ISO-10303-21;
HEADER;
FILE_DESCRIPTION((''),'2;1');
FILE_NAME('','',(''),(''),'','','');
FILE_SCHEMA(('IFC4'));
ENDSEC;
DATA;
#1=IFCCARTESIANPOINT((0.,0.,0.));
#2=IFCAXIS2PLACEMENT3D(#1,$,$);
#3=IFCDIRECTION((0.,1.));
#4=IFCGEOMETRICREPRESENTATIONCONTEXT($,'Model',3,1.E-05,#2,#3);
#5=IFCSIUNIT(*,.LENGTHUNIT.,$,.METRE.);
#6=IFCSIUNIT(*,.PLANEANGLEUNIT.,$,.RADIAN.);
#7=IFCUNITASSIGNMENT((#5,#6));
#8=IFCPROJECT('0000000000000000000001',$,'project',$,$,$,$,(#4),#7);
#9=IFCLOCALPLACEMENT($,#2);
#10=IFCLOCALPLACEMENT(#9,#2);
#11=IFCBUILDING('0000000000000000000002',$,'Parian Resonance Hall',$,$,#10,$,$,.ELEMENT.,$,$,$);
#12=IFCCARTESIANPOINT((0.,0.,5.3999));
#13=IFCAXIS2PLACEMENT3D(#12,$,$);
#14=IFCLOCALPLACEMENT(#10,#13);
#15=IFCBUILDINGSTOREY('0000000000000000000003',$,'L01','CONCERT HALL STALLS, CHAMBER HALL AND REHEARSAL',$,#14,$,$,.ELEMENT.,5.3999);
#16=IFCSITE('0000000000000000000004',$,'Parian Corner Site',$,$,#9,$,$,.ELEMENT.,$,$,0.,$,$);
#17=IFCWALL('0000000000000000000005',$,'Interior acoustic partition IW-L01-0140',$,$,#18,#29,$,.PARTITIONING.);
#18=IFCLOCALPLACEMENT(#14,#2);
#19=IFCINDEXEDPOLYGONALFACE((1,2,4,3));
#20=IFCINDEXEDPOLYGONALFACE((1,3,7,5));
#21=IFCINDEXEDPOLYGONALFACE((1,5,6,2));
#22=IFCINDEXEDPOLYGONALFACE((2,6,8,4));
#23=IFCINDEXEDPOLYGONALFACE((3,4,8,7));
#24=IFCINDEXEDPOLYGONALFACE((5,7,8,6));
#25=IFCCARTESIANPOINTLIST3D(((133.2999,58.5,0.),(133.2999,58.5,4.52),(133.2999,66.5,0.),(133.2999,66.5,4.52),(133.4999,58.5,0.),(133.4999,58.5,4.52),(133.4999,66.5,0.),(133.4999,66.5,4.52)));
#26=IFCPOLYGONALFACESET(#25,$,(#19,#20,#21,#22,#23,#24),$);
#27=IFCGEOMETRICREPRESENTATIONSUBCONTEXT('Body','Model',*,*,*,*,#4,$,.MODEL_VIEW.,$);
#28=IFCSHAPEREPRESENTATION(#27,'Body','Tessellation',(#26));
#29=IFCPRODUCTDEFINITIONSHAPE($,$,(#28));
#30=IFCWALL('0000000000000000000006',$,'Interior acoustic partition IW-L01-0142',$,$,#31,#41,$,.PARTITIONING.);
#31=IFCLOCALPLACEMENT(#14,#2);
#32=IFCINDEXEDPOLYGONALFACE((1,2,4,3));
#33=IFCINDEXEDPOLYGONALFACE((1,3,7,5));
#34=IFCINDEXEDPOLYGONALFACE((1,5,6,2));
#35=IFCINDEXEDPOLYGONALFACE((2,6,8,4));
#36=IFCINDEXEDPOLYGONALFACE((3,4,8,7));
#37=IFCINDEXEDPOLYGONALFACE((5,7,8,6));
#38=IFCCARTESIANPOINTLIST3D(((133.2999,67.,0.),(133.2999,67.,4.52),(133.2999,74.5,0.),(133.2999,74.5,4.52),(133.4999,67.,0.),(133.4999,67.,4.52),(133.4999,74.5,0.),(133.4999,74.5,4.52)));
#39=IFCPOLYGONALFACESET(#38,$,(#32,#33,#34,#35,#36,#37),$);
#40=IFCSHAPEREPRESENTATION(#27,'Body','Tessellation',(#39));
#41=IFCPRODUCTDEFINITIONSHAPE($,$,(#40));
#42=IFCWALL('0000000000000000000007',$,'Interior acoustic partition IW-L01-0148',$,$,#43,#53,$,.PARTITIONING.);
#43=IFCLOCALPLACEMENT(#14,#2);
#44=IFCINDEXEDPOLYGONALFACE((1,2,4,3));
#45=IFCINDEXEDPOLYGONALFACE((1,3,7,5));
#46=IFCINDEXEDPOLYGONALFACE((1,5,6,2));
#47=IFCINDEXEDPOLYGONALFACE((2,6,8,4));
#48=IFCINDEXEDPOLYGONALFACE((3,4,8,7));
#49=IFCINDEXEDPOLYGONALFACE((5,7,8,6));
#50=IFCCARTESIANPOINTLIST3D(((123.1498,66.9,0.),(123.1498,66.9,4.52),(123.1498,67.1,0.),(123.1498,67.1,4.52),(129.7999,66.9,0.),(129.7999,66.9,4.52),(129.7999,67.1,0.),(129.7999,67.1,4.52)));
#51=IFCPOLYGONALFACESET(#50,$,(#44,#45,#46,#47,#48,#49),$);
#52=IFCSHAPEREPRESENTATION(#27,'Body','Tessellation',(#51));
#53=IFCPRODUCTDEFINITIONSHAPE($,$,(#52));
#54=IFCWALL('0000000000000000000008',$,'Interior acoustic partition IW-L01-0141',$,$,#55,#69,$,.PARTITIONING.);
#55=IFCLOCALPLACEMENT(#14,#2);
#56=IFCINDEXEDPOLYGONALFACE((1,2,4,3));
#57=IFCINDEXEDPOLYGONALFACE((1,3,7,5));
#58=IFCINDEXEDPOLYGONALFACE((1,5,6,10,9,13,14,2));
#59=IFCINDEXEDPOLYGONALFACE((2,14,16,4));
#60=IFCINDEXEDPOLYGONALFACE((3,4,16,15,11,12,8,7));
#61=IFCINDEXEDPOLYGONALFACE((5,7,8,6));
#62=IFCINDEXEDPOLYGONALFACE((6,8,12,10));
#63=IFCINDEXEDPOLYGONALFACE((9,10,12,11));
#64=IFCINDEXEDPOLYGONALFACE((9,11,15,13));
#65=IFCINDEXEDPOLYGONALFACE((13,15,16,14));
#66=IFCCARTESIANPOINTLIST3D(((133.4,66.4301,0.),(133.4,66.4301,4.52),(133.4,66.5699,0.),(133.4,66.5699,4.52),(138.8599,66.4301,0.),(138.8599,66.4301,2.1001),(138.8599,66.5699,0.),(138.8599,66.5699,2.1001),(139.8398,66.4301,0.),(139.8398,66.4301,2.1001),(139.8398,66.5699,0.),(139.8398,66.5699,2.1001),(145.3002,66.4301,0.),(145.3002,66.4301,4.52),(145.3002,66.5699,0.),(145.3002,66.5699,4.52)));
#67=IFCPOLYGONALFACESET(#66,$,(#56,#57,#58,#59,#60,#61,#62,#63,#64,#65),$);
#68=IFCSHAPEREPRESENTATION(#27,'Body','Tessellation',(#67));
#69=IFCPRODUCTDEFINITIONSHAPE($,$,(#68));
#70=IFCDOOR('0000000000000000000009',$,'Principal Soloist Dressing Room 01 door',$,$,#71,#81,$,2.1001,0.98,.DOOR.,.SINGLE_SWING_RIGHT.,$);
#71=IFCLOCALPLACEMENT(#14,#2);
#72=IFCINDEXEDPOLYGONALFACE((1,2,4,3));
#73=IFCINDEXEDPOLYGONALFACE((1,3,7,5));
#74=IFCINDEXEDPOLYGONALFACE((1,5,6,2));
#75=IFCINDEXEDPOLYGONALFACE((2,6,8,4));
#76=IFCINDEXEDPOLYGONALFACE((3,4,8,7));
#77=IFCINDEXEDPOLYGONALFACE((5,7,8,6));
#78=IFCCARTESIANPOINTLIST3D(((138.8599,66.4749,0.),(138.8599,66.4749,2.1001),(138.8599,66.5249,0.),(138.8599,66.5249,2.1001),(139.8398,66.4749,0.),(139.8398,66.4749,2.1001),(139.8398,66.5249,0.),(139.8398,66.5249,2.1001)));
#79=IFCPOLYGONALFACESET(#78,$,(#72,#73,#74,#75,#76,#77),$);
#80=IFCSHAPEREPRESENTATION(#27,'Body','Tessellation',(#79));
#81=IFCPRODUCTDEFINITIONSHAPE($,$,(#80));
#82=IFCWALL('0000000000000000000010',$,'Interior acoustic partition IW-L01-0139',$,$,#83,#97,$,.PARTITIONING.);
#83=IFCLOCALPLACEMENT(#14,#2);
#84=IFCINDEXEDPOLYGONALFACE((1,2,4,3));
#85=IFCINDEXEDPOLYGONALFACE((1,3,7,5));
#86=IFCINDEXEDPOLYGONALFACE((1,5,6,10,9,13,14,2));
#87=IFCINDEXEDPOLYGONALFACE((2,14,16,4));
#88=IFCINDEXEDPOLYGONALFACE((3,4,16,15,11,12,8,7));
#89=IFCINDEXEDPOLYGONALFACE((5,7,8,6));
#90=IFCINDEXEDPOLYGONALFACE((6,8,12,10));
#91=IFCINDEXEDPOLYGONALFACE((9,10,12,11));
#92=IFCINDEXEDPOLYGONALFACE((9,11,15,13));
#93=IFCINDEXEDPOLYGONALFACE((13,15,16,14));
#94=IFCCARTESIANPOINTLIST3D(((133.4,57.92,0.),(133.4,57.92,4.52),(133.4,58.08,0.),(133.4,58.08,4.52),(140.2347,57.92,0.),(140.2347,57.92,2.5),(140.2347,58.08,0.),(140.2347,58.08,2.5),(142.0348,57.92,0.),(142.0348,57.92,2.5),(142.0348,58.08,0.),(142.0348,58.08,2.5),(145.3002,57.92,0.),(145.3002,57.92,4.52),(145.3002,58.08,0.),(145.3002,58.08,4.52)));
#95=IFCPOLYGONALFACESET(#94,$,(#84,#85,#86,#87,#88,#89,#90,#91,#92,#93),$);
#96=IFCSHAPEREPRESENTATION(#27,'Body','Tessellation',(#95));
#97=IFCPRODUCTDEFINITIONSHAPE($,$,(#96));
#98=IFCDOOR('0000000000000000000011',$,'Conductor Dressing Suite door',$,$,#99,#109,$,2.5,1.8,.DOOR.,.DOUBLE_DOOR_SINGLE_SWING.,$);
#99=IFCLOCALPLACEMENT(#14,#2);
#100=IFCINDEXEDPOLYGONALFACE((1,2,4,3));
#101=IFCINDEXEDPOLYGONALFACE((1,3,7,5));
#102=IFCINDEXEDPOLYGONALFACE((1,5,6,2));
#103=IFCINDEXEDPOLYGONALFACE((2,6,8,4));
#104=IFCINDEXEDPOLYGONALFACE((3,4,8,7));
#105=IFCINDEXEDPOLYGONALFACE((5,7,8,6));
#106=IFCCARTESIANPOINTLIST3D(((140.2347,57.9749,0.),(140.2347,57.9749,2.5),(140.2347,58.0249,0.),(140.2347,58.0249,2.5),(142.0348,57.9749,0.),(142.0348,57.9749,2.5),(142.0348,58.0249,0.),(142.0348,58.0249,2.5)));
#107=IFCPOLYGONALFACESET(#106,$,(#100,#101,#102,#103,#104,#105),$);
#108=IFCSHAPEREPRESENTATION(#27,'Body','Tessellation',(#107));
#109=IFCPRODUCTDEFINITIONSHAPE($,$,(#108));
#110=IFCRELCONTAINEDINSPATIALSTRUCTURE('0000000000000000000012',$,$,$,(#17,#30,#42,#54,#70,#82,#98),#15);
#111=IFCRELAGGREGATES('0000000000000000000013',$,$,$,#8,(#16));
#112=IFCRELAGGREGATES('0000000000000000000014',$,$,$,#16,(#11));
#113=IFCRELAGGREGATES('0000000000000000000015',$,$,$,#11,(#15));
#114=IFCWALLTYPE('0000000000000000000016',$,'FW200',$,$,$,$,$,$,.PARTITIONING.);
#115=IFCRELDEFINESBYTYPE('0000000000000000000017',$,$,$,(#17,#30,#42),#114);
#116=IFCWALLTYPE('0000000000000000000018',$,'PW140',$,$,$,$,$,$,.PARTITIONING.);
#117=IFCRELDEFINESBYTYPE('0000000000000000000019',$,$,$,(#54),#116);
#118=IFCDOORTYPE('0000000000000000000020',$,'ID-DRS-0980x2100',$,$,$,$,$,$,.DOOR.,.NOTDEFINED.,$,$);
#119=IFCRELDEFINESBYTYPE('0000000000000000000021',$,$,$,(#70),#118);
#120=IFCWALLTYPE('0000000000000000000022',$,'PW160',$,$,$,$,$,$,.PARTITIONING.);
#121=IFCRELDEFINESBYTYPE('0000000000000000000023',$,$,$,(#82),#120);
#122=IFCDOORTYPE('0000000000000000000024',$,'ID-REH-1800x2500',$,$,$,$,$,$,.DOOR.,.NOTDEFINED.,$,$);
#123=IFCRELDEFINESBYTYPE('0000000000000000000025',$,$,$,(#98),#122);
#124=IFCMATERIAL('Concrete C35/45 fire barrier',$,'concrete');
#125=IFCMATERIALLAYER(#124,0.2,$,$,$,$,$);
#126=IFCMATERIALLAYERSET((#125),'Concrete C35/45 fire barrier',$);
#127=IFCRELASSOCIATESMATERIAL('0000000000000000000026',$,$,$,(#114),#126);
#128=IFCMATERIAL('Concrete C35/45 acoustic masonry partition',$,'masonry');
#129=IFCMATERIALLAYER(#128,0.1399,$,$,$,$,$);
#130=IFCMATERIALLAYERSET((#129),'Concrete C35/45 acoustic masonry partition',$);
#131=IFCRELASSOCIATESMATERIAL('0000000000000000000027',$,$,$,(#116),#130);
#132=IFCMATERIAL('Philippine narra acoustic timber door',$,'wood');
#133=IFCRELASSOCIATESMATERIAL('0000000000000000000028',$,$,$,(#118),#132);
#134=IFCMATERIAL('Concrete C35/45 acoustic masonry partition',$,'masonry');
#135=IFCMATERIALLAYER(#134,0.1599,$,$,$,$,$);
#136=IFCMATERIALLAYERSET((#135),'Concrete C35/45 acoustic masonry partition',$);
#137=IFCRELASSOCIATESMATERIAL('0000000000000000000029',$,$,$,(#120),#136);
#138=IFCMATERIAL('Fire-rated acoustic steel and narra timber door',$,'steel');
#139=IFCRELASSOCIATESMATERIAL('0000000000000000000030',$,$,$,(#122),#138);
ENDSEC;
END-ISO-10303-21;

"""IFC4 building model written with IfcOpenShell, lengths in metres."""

from ifc_helpers import new_model, si_unit, direction, frame, frame_2d, origin, place, context, subcontext, project, spatial, rectangle, extrude, material, layer, layer_set, type_object, element, fill, save


model = new_model("IFC4")

# Units and contexts
model_context = context("Model", 3, precision=1e-05, world=origin(), true_north=direction((0.0, 1.0)))
body_context = subcontext(model_context, "Body", "Model", "MODEL_VIEW")
ifc_project = project(units=[si_unit("LENGTHUNIT", "METRE"), si_unit("PLANEANGLEUNIT", "RADIAN")], contexts=[model_context])

# Site, building, storey
site_placement = place(None, origin())
site = spatial("IfcSite", under=ifc_project, at=site_placement, Name="Parian Corner Site", CompositionType="ELEMENT", RefElevation=0.0)
building_placement = place(site_placement, origin())
building = spatial("IfcBuilding", under=site, at=building_placement, Name="Parian Resonance Hall", CompositionType="ELEMENT")
storey_placement = place(building_placement, frame((0.0, 0.0, 5.3999)))
storey = spatial("IfcBuildingStorey", under=building, at=storey_placement, Name="L01", Description="CONCERT HALL STALLS, CHAMBER HALL AND REHEARSAL", CompositionType="ELEMENT", Elevation=5.3999)

# Walls
ifc_material_1 = material(Name="Concrete C35/45 fire barrier", Category="concrete")
ifc_layer_1 = layer(ifc_material_1, 0.2)
ifc_layer_set_1 = layer_set([ifc_layer_1], Name="Concrete C35/45 fire barrier")
wall_type_1 = type_object("IfcWallType", Name="FW200", PredefinedType="PARTITIONING", material=ifc_layer_set_1)
wall_1_placement = place(storey_placement, frame((133.3999, 58.5, 0.0), z_axis=(0.0, 0.0, 1.0), x_axis=(0.0, 1.0, 0.0)))
element("IfcWall", 1, at=wall_1_placement, inside=storey, type_object=wall_type_1, Name="Interior acoustic partition IW-L01-0140", PredefinedType="PARTITIONING", context=body_context, shape_type="SweptSolid", body=[
    extrude(rectangle(XDim=8.0, YDim=0.2, at=frame_2d((4.0, 0.0))), origin(), (0.0, 0.0, 1.0), 4.52),
])
wall_2_placement = place(storey_placement, frame((133.3999, 67.0, 0.0), z_axis=(0.0, 0.0, 1.0), x_axis=(0.0, 1.0, 0.0)))
element("IfcWall", 2, at=wall_2_placement, inside=storey, type_object=wall_type_1, Name="Interior acoustic partition IW-L01-0142", PredefinedType="PARTITIONING", context=body_context, shape_type="SweptSolid", body=[
    extrude(rectangle(XDim=7.5, YDim=0.2, at=frame_2d((3.75, 0.0))), origin(), (0.0, 0.0, 1.0), 4.52),
])
wall_3_placement = place(storey_placement, frame((129.8, 67.0, 0.0), z_axis=(0.0, 0.0, 1.0), x_axis=(-1.0, 0.0, 0.0)))
element("IfcWall", 3, at=wall_3_placement, inside=storey, type_object=wall_type_1, Name="Interior acoustic partition IW-L01-0148", PredefinedType="PARTITIONING", context=body_context, shape_type="SweptSolid", body=[
    extrude(rectangle(XDim=6.6501, YDim=0.2, at=frame_2d((3.3252, 0.0))), origin(), (0.0, 0.0, 1.0), 4.52),
])

# Walls, openings, doors
ifc_material_2 = material(Name="Concrete C35/45 acoustic masonry partition", Category="masonry")
ifc_layer_2 = layer(ifc_material_2, 0.1399)
ifc_layer_set_2 = layer_set([ifc_layer_2], Name="Concrete C35/45 acoustic masonry partition")
wall_type_2 = type_object("IfcWallType", Name="PW140", PredefinedType="PARTITIONING", material=ifc_layer_set_2)
wall_4_placement = place(storey_placement, frame((133.3999, 66.5, 0.0), z_axis=(0.0, 0.0, 1.0), x_axis=(1.0, 0.0, 0.0)))
wall_4 = element("IfcWall", 4, at=wall_4_placement, inside=storey, type_object=wall_type_2, Name="Interior acoustic partition IW-L01-0141", PredefinedType="PARTITIONING", context=body_context, shape_type="SweptSolid", body=[
    extrude(rectangle(XDim=11.9001, YDim=0.1399, at=frame_2d((5.9502, 0.0))), origin(), (0.0, 0.0, 1.0), 4.52),
])
opening_1_placement = place(wall_4_placement, frame((5.46, 0.0, 0.0)))
opening_1 = element("IfcOpeningElement", 5, at=opening_1_placement, cuts=wall_4, PredefinedType="OPENING", context=body_context, shape_type="SweptSolid", body=[
    extrude(rectangle(XDim=0.98, YDim=2.1001, at=frame_2d((0.49, 1.05))), frame((0.0, 0.0798, 0.0), z_axis=(0.0, -1.0, 0.0), x_axis=(1.0, 0.0, 0.0)), (0.0, 0.0, 1.0), 0.1599),
])
ifc_material_3 = material(Name="Philippine narra acoustic timber door", Category="wood")
door_type_1 = type_object("IfcDoorType", Name="ID-DRS-0980x2100", OperationType="NOTDEFINED", PredefinedType="DOOR", material=ifc_material_3)
door_1_placement = place(opening_1_placement, origin())
door_1 = element("IfcDoor", 6, at=door_1_placement, inside=storey, type_object=door_type_1, Name="Principal Soloist Dressing Room 01 door", OperationType="SINGLE_SWING_RIGHT", OverallHeight=2.1001, OverallWidth=0.98, PredefinedType="DOOR", context=body_context, shape_type="SweptSolid", body=[
    extrude(rectangle(XDim=0.98, YDim=2.1001, at=frame_2d((0.49, 1.05))), frame((0.0, 0.0249, 0.0), z_axis=(0.0, -1.0, 0.0), x_axis=(1.0, 0.0, 0.0)), (0.0, 0.0, 1.0), 0.05),
])
fill(opening_1, door_1)
ifc_material_4 = material(Name="Concrete C35/45 acoustic masonry partition", Category="masonry")
ifc_layer_3 = layer(ifc_material_4, 0.1599)
ifc_layer_set_3 = layer_set([ifc_layer_3], Name="Concrete C35/45 acoustic masonry partition")
wall_type_3 = type_object("IfcWallType", Name="PW160", PredefinedType="PARTITIONING", material=ifc_layer_set_3)
wall_5_placement = place(storey_placement, frame((133.3999, 58.0, 0.0), z_axis=(0.0, 0.0, 1.0), x_axis=(1.0, 0.0, 0.0)))
wall_5 = element("IfcWall", 7, at=wall_5_placement, inside=storey, type_object=wall_type_3, Name="Interior acoustic partition IW-L01-0139", PredefinedType="PARTITIONING", context=body_context, shape_type="SweptSolid", body=[
    extrude(rectangle(XDim=11.9001, YDim=0.1599, at=frame_2d((5.9502, 0.0))), origin(), (0.0, 0.0, 1.0), 4.52),
])
opening_2_placement = place(wall_5_placement, frame((6.835, 0.0, 0.0)))
opening_2 = element("IfcOpeningElement", 8, at=opening_2_placement, cuts=wall_5, PredefinedType="OPENING", context=body_context, shape_type="SweptSolid", body=[
    extrude(rectangle(XDim=1.8, YDim=2.5, at=frame_2d((0.8999, 1.25))), frame((0.0, 0.0898, 0.0), z_axis=(0.0, -1.0, 0.0), x_axis=(1.0, 0.0, 0.0)), (0.0, 0.0, 1.0), 0.1799),
])
ifc_material_5 = material(Name="Fire-rated acoustic steel and narra timber door", Category="steel")
door_type_2 = type_object("IfcDoorType", Name="ID-REH-1800x2500", OperationType="NOTDEFINED", PredefinedType="DOOR", material=ifc_material_5)
door_2_placement = place(opening_2_placement, origin())
door_2 = element("IfcDoor", 9, at=door_2_placement, inside=storey, type_object=door_type_2, Name="Conductor Dressing Suite door", OperationType="DOUBLE_DOOR_SINGLE_SWING", OverallHeight=2.5, OverallWidth=1.8, PredefinedType="DOOR", context=body_context, shape_type="SweptSolid", body=[
    extrude(rectangle(XDim=1.8, YDim=2.5, at=frame_2d((0.8999, 1.25))), frame((0.0, 0.0249, 0.0), z_axis=(0.0, -1.0, 0.0), x_axis=(1.0, 0.0, 0.0)), (0.0, 0.0, 1.0), 0.05),
])
fill(opening_2, door_2)

save(model, "model.ifc")
